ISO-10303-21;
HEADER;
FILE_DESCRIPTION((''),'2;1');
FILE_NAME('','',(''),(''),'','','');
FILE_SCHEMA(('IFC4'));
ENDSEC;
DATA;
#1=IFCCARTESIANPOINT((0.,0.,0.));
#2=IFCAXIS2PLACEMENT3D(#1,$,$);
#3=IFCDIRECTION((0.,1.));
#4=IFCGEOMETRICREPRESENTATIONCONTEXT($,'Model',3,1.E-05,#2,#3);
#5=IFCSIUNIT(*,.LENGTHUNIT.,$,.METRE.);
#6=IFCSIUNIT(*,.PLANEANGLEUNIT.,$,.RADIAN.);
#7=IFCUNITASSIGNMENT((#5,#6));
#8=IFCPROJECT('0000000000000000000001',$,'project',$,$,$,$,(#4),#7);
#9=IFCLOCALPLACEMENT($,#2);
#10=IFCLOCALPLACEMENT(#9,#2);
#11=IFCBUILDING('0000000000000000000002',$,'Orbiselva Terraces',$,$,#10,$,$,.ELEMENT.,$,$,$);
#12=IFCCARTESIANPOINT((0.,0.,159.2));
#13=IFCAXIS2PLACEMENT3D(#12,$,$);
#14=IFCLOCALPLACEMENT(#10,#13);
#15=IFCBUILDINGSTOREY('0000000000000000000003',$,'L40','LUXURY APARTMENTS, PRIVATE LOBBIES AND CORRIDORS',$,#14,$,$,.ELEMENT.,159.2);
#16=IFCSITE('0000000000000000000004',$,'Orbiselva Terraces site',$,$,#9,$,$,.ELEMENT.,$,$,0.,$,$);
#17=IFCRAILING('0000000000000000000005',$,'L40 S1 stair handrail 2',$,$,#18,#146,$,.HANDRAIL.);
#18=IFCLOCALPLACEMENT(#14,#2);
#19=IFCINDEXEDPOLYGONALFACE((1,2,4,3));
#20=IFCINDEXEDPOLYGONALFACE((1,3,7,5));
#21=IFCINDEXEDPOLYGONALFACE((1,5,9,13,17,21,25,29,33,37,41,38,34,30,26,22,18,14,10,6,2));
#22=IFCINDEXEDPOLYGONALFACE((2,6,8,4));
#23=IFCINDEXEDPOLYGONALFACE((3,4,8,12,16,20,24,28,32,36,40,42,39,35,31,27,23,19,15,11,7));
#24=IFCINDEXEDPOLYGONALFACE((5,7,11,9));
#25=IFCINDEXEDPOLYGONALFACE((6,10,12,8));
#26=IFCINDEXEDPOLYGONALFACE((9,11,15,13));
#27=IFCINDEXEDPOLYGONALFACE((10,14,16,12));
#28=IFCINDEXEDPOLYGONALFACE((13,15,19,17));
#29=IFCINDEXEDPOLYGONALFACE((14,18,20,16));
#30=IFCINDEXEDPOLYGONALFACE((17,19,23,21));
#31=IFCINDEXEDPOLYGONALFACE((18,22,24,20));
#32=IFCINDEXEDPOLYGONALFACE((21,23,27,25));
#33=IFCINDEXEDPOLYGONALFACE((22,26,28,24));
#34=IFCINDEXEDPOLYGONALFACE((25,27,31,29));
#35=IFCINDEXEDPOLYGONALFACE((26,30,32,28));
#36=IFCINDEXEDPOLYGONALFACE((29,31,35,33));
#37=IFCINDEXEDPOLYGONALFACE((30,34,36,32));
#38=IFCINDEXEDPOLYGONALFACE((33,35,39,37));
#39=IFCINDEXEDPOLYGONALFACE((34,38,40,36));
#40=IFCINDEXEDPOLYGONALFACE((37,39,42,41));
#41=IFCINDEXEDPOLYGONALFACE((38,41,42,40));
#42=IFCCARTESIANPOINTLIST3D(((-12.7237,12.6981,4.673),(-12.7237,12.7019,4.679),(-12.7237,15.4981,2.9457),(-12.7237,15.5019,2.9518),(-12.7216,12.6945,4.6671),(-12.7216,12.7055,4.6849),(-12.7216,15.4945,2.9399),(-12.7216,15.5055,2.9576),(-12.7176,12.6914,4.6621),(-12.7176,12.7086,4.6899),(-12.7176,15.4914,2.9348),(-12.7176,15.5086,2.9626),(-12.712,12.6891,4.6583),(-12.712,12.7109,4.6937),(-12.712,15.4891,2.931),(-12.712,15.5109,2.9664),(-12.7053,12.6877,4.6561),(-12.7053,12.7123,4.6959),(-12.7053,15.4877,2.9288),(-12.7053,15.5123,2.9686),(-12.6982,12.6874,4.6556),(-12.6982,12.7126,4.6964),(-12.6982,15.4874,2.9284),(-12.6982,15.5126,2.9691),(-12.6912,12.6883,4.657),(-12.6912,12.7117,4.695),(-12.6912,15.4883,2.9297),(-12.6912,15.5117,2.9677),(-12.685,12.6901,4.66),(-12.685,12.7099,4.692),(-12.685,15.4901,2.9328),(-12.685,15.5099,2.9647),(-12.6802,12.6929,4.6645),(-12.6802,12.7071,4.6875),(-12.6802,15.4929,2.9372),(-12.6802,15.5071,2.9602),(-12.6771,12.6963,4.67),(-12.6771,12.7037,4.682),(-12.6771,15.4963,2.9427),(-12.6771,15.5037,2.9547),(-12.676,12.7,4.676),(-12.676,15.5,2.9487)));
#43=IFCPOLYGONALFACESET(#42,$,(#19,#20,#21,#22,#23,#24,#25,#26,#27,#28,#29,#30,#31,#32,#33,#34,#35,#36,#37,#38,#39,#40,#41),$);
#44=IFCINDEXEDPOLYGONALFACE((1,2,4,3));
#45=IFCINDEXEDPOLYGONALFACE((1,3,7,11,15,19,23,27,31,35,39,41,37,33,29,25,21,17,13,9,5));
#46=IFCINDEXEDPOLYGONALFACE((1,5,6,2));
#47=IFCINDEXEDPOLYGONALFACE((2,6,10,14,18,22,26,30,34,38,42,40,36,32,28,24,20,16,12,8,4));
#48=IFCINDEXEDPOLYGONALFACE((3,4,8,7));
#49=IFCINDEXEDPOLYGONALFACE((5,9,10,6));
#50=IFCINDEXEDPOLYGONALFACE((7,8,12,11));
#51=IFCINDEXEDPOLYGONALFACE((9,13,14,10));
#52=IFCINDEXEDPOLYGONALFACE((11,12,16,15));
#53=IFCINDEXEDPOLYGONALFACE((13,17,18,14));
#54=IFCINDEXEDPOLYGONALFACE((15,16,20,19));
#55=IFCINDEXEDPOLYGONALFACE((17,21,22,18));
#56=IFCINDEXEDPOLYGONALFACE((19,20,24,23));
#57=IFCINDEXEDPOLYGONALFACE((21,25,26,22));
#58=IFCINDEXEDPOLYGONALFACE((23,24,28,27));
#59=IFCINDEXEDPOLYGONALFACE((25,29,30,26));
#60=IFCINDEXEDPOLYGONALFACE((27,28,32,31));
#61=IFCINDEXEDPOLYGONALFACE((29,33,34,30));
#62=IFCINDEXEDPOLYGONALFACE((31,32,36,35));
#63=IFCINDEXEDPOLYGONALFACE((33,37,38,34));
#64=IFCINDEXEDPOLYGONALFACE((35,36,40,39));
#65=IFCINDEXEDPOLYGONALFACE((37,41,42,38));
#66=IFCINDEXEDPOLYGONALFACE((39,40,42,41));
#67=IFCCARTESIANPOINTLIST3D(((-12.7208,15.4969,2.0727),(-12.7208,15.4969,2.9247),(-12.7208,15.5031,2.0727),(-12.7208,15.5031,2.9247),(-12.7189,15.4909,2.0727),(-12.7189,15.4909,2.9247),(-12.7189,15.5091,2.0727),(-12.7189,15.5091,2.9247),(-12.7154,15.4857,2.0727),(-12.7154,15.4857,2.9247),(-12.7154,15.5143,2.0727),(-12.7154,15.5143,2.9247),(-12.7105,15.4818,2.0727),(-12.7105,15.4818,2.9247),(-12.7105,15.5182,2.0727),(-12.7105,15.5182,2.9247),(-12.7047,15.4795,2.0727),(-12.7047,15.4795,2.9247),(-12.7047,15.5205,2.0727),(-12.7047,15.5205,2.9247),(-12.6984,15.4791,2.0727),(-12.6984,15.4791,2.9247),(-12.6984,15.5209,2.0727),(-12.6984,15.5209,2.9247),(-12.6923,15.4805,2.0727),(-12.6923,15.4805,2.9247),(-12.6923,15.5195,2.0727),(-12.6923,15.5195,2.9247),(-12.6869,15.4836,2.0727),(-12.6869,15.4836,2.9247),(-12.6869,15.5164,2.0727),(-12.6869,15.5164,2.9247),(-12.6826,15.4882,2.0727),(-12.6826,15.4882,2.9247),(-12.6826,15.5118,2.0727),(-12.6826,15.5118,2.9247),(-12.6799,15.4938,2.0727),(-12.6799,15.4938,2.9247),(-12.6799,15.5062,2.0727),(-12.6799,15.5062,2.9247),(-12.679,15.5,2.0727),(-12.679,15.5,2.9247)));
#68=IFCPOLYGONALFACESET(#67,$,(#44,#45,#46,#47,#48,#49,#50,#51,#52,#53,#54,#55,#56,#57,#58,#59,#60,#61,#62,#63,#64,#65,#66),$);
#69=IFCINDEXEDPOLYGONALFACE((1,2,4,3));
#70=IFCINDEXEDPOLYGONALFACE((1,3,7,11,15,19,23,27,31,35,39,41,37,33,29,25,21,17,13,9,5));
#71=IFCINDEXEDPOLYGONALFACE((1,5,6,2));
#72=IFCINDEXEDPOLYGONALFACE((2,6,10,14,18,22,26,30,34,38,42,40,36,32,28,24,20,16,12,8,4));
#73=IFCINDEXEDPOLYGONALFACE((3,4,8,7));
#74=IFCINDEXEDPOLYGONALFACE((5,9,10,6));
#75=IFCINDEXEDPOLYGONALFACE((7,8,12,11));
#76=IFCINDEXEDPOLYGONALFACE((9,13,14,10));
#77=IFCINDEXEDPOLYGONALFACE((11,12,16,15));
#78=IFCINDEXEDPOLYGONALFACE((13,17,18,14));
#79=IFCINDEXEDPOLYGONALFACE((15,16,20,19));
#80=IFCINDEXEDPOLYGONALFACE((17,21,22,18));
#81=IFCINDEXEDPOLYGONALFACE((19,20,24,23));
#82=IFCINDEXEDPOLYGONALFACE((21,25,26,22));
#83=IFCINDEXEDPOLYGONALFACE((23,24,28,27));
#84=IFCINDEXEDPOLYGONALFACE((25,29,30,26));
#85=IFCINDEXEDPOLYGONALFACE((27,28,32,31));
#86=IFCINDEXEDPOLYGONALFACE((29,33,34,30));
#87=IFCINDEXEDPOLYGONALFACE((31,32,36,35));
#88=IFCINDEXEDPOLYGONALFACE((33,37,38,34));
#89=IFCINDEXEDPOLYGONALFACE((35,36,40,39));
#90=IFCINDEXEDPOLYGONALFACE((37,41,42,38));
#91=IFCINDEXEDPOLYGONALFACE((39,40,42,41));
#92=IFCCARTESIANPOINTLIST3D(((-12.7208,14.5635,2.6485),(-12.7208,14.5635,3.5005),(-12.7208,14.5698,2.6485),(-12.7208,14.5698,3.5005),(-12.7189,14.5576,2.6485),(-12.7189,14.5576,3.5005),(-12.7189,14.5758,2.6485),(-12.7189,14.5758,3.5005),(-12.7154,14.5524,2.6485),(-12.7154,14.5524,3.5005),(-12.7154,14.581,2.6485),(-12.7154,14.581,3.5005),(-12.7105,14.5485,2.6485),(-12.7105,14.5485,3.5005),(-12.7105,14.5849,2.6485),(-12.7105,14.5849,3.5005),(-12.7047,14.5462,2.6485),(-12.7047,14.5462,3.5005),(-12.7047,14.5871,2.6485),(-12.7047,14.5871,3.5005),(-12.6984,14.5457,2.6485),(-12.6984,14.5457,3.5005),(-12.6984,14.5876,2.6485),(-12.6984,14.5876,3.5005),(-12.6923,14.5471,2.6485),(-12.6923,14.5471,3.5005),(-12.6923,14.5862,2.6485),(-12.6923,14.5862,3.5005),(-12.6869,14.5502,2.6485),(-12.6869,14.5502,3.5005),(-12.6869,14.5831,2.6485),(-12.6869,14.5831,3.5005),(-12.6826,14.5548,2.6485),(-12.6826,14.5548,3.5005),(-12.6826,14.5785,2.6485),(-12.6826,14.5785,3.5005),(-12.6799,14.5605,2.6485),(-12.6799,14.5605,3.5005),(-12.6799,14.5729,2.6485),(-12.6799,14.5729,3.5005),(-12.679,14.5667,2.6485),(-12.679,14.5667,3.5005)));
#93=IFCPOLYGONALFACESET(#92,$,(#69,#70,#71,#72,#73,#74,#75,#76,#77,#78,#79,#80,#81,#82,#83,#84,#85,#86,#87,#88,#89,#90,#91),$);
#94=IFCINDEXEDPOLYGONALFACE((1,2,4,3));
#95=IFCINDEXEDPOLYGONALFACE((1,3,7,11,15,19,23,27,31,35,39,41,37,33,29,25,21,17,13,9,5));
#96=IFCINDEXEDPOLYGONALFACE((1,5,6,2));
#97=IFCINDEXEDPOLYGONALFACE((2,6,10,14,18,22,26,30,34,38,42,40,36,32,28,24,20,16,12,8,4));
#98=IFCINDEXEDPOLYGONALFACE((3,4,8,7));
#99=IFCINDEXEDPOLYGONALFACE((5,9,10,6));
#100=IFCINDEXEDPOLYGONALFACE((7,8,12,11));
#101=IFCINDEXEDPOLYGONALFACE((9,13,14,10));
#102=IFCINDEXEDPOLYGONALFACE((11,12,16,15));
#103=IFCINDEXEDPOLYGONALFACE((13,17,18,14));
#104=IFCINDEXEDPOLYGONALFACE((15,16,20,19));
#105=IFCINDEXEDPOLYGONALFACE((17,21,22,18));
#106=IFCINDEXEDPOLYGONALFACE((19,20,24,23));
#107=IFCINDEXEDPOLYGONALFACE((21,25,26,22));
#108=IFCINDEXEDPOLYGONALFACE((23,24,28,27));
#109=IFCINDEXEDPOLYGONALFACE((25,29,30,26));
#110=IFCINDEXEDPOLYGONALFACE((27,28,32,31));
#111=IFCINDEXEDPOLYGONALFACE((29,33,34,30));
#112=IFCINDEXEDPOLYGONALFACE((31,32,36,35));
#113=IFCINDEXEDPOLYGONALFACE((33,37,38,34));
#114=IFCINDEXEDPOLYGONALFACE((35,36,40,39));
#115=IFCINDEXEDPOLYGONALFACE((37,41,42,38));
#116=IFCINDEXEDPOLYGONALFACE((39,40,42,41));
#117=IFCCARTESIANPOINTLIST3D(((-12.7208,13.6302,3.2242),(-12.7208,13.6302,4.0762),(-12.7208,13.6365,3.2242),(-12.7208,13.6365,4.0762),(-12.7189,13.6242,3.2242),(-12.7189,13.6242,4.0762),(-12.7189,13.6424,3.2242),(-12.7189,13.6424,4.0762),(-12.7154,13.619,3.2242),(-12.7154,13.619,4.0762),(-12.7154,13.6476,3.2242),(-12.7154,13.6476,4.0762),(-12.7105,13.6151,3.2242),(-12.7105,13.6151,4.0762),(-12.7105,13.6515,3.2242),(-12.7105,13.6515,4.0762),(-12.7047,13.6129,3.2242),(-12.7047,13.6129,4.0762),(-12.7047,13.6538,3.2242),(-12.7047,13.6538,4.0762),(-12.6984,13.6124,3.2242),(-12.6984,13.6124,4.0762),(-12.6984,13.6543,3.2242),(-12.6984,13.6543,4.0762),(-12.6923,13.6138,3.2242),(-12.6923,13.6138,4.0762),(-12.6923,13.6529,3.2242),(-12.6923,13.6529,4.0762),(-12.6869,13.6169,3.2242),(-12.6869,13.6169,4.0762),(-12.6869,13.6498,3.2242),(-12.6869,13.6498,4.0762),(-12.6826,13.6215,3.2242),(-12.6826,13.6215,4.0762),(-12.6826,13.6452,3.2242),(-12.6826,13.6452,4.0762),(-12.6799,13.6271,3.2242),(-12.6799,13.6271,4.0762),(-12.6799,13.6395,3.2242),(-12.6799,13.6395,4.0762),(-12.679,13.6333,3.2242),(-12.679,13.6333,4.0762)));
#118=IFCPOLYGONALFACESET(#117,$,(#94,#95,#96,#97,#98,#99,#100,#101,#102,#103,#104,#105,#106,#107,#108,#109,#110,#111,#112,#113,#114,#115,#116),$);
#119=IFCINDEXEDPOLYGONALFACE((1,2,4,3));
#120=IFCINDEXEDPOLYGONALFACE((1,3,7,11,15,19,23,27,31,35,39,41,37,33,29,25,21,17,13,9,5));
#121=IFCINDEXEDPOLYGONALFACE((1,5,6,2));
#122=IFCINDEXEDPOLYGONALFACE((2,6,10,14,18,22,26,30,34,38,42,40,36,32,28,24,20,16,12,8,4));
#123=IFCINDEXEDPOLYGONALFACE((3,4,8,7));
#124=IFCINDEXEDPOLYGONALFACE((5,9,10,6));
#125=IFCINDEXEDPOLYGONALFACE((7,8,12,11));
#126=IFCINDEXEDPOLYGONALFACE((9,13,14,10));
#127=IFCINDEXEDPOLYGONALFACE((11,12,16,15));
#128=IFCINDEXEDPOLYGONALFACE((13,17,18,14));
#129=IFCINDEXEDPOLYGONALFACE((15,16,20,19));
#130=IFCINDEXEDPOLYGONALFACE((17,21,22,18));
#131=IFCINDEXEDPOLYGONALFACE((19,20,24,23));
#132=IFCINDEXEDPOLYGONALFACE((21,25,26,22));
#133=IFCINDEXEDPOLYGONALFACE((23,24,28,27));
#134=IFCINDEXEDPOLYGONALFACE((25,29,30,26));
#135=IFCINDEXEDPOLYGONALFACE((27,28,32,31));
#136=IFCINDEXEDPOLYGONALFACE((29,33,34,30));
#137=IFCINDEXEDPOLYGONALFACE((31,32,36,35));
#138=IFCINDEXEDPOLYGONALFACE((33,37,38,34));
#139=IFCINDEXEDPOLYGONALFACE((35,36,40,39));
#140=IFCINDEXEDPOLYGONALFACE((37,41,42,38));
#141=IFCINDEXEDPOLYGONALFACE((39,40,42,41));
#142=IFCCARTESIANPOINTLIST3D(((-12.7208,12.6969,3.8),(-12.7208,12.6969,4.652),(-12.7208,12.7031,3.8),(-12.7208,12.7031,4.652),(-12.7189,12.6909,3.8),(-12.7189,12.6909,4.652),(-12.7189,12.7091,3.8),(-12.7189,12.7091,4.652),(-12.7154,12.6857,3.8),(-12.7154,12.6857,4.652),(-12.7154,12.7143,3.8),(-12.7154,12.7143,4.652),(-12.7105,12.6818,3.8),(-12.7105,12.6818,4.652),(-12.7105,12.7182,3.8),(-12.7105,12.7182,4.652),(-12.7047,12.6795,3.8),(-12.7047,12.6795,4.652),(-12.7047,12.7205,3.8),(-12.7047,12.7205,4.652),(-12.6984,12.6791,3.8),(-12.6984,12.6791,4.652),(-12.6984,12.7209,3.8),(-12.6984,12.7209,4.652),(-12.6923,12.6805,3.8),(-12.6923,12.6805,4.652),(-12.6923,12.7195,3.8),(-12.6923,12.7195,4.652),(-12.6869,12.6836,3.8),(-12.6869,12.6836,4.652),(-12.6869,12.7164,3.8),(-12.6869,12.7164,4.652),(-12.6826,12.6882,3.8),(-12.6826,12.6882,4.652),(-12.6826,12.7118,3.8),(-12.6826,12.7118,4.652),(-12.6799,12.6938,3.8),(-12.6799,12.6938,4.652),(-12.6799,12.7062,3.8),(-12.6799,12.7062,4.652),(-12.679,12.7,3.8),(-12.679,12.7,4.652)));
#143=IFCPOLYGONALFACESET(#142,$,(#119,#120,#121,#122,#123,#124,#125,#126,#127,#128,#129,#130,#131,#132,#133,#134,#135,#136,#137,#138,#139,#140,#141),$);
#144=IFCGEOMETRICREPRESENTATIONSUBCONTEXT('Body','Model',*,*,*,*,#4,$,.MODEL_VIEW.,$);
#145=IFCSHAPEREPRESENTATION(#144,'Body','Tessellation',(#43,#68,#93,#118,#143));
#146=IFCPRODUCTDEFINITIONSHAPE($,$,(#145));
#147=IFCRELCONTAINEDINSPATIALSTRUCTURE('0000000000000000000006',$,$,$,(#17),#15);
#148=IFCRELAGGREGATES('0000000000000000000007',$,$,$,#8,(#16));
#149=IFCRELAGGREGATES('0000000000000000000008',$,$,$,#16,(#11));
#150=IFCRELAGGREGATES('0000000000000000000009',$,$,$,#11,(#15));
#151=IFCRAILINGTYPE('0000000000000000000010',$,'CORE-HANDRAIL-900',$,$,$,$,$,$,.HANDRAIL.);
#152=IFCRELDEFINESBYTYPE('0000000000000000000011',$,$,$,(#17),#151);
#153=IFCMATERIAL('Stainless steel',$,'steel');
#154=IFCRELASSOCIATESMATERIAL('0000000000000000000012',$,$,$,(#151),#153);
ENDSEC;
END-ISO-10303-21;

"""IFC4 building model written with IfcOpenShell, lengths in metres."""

from ifc_helpers import new_model, si_unit, direction, frame, origin, origin_2d, place, context, subcontext, project, spatial, circle, extrude, material, type_object, element, save


model = new_model("IFC4")

# Units and contexts
model_context = context("Model", 3, precision=1e-05, world=origin(), true_north=direction((0.0, 1.0)))
body_context = subcontext(model_context, "Body", "Model", "MODEL_VIEW")
ifc_project = project(units=[si_unit("LENGTHUNIT", "METRE"), si_unit("PLANEANGLEUNIT", "RADIAN")], contexts=[model_context])

# Site, building, storey
site_placement = place(None, origin())
site = spatial("IfcSite", under=ifc_project, at=site_placement, Name="Orbiselva Terraces site", CompositionType="ELEMENT", RefElevation=0.0)
building_placement = place(site_placement, origin())
building = spatial("IfcBuilding", under=site, at=building_placement, Name="Orbiselva Terraces", CompositionType="ELEMENT")
storey_placement = place(building_placement, frame((0.0, 0.0, 159.2)))
storey = spatial("IfcBuildingStorey", under=building, at=storey_placement, Name="L40", Description="LUXURY APARTMENTS, PRIVATE LOBBIES AND CORRIDORS", CompositionType="ELEMENT", Elevation=159.2)

# Railing
ifc_material_1 = material(Name="Stainless steel", Category="steel")
railing_type = type_object("IfcRailingType", Name="CORE-HANDRAIL-900", PredefinedType="HANDRAIL", material=ifc_material_1)
railing_1_placement = place(storey_placement, frame((-12.7, 15.5, 2.0727)))
element("IfcRailing", 1, at=railing_1_placement, inside=storey, type_object=railing_type, Name="L40 S1 stair handrail 2", PredefinedType="HANDRAIL", context=body_context, shape_type="SweptSolid", body=[
    extrude(circle(Radius=0.024, at=origin_2d()), frame((0.0, 0.0, 0.876), z_axis=(0.0, -0.851089, 0.525022), x_axis=(1.0, 0.0, 0.0)), (0.0, 0.0, 1.0), 3.2899),
    extrude(circle(Radius=0.021, at=origin_2d()), origin(), (0.0, 0.0, 1.0), 0.852),
    extrude(circle(Radius=0.021, at=origin_2d()), frame((0.0, -0.9333, 0.5758)), (0.0, 0.0, 1.0), 0.852),
    extrude(circle(Radius=0.021, at=origin_2d()), frame((0.0, -1.8667, 1.1515)), (0.0, 0.0, 1.0), 0.852),
    extrude(circle(Radius=0.021, at=origin_2d()), frame((0.0, -2.8, 1.7273)), (0.0, 0.0, 1.0), 0.852),
])

save(model, "model.ifc")
